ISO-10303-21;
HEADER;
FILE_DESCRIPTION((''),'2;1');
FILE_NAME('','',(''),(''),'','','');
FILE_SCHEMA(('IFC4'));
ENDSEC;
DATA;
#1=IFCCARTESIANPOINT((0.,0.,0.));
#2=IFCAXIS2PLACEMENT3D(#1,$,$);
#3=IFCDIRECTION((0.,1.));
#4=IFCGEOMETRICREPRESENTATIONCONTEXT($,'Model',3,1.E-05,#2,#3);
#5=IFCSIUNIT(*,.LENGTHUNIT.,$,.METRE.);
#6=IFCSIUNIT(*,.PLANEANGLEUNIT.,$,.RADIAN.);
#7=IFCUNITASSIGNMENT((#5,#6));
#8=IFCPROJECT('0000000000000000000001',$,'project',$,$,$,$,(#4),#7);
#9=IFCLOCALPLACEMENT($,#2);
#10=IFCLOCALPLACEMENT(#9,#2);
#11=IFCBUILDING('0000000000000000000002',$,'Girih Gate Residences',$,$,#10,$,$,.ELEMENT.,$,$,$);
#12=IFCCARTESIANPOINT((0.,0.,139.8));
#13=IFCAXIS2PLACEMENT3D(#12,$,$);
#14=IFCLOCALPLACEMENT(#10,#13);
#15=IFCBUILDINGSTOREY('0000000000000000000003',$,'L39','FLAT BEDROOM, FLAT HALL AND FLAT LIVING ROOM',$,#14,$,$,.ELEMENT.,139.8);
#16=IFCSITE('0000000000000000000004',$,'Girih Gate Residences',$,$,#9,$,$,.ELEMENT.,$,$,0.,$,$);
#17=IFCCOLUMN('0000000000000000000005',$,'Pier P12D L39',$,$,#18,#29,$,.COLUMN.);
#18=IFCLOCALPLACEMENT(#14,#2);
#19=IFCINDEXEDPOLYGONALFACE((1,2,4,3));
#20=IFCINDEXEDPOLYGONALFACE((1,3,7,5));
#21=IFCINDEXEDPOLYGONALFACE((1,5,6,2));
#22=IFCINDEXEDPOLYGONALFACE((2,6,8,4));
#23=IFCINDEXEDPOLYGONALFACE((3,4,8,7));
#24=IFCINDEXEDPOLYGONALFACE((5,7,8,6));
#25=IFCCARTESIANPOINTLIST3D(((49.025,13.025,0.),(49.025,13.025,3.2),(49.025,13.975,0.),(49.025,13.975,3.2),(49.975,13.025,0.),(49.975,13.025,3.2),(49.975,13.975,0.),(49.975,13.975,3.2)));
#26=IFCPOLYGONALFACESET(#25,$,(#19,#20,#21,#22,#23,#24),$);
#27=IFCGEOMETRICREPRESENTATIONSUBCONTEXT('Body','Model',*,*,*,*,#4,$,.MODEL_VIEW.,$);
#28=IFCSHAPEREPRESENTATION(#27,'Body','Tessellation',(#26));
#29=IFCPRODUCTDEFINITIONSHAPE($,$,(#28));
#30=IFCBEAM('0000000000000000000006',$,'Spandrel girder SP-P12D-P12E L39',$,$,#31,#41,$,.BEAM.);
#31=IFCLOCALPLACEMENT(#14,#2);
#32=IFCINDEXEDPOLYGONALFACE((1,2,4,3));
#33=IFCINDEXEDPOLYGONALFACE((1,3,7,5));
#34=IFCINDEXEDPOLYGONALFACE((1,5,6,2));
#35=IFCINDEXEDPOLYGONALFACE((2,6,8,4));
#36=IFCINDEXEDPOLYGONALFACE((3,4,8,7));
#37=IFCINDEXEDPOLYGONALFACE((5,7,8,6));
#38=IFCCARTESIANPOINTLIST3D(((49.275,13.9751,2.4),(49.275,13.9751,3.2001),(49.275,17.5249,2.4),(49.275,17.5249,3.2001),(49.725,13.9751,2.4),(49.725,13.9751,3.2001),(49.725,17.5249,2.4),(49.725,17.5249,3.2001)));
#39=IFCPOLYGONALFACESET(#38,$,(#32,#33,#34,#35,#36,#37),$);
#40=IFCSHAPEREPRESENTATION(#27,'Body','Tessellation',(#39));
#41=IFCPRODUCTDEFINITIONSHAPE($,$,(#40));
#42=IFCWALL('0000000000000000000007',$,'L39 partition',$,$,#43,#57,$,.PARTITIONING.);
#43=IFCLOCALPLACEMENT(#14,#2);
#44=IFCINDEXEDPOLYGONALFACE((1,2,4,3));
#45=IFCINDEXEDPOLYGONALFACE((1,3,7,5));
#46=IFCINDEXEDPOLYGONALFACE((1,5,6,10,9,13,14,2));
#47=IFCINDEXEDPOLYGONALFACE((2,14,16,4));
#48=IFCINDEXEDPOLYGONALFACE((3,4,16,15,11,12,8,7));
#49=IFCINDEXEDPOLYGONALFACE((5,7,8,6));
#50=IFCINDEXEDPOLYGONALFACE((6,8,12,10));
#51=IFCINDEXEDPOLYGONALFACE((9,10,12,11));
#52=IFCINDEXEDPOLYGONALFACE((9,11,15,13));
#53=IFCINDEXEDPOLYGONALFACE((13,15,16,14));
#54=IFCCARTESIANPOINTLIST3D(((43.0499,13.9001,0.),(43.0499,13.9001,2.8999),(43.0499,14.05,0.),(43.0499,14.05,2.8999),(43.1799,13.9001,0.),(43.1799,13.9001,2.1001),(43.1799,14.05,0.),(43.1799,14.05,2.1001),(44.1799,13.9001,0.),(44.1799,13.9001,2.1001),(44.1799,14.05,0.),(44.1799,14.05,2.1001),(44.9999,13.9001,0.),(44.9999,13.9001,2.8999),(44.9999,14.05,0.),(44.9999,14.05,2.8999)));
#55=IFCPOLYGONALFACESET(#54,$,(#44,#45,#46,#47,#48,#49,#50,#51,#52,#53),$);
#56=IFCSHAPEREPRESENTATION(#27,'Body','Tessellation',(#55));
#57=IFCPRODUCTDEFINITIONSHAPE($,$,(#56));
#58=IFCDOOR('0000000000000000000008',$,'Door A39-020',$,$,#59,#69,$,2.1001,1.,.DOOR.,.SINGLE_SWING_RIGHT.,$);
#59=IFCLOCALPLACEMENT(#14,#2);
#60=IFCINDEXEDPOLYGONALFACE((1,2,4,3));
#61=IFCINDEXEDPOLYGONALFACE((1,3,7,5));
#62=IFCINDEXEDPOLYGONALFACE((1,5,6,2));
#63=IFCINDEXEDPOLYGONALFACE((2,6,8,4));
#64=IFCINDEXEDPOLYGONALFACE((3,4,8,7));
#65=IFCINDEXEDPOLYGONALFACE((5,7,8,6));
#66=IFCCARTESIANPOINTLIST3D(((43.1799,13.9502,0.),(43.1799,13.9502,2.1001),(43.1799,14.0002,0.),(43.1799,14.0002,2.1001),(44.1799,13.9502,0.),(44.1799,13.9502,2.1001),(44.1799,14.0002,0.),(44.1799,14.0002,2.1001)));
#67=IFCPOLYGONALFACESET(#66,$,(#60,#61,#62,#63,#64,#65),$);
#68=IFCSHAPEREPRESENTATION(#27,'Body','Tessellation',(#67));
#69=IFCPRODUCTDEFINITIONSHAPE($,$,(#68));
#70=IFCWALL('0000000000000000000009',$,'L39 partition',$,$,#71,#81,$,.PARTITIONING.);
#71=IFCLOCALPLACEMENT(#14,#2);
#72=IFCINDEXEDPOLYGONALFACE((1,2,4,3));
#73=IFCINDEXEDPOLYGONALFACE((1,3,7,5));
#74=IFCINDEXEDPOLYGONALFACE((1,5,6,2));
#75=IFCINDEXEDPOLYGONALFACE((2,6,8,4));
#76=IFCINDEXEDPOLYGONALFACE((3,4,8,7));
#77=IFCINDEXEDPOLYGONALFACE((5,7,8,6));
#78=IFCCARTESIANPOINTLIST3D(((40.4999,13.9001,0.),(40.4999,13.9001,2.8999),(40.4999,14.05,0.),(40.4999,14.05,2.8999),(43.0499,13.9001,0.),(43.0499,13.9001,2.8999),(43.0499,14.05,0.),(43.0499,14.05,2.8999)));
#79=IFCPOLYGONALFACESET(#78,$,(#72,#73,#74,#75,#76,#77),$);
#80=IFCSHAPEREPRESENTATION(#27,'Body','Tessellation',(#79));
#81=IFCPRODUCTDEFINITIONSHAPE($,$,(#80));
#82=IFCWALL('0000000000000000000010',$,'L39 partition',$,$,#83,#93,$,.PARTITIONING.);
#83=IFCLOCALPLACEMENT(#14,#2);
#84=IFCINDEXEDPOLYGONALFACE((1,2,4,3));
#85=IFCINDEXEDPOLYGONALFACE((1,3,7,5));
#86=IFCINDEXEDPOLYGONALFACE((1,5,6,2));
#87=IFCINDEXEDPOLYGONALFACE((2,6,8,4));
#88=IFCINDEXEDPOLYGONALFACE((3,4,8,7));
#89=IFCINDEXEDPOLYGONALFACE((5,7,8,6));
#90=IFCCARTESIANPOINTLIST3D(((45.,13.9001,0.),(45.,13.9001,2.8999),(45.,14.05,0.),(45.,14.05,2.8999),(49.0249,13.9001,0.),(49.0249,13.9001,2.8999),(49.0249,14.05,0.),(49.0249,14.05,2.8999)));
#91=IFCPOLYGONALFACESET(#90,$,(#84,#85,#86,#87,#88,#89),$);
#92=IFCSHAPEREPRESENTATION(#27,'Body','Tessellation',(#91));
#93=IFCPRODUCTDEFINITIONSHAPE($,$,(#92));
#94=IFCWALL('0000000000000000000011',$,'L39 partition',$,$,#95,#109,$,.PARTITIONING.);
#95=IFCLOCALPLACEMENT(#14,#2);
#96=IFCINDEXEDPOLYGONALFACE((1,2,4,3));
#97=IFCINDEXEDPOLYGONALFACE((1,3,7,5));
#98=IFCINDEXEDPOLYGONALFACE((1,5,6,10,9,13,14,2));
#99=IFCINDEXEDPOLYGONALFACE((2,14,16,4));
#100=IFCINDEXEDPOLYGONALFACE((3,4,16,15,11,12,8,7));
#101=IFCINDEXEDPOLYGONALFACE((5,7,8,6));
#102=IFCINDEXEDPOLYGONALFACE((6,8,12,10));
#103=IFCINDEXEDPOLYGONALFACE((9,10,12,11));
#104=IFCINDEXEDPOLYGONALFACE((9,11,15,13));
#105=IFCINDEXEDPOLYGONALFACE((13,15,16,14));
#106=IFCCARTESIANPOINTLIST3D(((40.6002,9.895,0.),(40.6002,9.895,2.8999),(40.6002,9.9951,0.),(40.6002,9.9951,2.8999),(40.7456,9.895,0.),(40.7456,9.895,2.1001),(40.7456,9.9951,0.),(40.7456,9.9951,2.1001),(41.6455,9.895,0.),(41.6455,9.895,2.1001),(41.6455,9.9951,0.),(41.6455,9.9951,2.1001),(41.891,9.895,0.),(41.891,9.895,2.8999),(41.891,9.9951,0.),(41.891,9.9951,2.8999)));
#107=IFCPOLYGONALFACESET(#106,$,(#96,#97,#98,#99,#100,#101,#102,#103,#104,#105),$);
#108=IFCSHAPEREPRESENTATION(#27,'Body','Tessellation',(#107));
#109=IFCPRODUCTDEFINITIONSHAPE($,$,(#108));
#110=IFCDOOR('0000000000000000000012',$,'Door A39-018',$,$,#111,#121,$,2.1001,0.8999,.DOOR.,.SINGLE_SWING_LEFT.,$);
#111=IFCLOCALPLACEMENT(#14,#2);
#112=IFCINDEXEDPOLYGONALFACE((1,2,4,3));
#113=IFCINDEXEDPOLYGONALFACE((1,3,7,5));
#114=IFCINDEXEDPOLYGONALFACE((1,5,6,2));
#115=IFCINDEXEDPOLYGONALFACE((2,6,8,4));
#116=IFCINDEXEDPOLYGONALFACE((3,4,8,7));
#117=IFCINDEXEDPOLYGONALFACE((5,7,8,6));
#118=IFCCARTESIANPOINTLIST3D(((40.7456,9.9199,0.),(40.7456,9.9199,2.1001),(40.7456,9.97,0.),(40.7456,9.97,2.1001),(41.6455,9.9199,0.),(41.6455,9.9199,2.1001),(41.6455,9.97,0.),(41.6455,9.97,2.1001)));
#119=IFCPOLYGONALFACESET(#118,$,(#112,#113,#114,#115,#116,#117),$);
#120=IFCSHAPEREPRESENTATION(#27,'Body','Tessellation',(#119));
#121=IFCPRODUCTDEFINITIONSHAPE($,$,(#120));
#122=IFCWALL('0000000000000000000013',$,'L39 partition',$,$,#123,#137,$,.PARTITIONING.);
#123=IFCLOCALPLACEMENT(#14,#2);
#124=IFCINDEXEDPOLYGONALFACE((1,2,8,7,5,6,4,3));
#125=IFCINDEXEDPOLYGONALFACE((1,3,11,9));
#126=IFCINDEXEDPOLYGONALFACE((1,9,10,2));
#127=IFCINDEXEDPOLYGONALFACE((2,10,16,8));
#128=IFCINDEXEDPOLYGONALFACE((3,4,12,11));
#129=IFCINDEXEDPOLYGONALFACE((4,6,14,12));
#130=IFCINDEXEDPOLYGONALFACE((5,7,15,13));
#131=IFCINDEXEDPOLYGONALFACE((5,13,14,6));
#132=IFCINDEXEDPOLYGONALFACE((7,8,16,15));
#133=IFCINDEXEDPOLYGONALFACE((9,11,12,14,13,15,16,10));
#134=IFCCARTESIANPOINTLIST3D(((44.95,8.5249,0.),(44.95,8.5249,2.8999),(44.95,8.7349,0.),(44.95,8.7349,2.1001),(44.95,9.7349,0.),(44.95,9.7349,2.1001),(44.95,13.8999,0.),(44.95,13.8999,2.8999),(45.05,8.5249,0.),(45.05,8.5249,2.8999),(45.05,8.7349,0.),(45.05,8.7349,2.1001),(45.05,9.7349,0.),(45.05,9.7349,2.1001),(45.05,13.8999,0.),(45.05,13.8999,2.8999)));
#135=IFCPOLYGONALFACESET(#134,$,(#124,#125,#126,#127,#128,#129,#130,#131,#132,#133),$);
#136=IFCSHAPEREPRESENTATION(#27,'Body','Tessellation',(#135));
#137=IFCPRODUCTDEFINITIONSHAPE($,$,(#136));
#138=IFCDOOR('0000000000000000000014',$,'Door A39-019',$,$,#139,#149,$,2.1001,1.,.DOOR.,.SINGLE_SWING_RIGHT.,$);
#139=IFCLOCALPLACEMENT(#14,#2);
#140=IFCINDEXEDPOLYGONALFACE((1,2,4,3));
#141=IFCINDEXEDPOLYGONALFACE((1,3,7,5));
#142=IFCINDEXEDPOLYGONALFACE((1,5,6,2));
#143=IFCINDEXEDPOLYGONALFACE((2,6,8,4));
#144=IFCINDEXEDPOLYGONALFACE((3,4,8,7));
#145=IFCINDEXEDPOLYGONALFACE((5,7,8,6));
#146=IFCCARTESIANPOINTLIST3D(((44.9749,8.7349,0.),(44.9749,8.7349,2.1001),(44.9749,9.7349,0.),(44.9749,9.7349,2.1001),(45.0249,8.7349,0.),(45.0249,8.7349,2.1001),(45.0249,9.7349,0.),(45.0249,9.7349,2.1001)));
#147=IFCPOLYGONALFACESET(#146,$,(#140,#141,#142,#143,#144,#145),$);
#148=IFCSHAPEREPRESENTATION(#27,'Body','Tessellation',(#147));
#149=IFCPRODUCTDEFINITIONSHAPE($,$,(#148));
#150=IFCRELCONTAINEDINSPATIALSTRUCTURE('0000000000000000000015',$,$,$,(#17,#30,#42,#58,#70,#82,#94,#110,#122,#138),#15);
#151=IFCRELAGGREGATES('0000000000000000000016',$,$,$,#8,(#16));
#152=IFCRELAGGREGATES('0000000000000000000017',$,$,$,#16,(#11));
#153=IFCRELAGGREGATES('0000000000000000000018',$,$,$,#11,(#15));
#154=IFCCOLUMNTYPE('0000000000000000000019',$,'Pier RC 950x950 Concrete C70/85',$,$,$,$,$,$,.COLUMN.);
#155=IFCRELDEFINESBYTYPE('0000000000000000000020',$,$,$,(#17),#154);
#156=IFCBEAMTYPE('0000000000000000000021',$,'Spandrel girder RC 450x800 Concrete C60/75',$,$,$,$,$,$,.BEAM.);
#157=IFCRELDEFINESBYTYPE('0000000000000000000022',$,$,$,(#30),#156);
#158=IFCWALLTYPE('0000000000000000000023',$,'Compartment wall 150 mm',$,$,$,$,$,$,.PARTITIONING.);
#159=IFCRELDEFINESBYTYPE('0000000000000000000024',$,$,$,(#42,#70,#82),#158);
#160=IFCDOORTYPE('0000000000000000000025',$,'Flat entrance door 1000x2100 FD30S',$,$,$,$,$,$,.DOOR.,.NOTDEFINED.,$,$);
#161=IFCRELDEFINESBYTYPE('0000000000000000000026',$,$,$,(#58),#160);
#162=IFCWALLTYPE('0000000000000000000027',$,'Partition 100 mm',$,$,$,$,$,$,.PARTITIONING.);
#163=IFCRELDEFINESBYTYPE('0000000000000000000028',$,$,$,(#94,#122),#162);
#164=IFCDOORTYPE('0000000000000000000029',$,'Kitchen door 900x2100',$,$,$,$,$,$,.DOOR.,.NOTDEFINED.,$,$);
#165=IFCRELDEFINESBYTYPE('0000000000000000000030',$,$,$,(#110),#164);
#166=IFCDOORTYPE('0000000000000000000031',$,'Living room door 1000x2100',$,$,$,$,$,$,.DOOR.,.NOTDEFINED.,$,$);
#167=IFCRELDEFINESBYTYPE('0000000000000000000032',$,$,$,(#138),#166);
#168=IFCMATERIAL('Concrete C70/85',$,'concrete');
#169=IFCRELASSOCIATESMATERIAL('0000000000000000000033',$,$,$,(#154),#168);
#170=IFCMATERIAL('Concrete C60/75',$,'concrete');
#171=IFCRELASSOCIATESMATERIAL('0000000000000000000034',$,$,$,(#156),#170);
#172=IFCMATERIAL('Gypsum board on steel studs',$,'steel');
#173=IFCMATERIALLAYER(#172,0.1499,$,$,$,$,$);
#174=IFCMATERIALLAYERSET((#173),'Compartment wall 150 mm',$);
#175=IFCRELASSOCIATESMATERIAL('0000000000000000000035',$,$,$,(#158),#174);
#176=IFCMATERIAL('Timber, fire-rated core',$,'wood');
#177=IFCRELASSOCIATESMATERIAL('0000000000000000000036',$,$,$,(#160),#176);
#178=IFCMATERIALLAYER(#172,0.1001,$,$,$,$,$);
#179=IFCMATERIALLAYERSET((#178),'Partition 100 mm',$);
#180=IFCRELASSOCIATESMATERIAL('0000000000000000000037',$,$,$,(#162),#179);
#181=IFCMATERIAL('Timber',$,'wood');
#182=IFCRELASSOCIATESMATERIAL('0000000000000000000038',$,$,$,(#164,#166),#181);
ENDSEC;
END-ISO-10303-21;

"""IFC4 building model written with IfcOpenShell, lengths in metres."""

from ifc_helpers import new_model, si_unit, direction, frame, frame_2d, origin, origin_2d, place, context, subcontext, project, spatial, rectangle, extrude, material, layer, layer_set, material_profile, profile_set, type_object, element, fill, save


model = new_model("IFC4")

# Units and contexts
model_context = context("Model", 3, precision=1e-05, world=origin(), true_north=direction((0.0, 1.0)))
body_context = subcontext(model_context, "Body", "Model", "MODEL_VIEW")
ifc_project = project(units=[si_unit("LENGTHUNIT", "METRE"), si_unit("PLANEANGLEUNIT", "RADIAN")], contexts=[model_context])

# Site, building, storey
site_placement = place(None, origin())
site = spatial("IfcSite", under=ifc_project, at=site_placement, Name="Girih Gate Residences", CompositionType="ELEMENT", RefElevation=0.0)
building_placement = place(site_placement, origin())
building = spatial("IfcBuilding", under=site, at=building_placement, Name="Girih Gate Residences", CompositionType="ELEMENT")
storey_placement = place(building_placement, frame((0.0, 0.0, 139.8)))
storey = spatial("IfcBuildingStorey", under=building, at=storey_placement, Name="L39", Description="FLAT BEDROOM, FLAT HALL AND FLAT LIVING ROOM", CompositionType="ELEMENT", Elevation=139.8)

# Column
ifc_material_1 = material(Name="Concrete C70/85", Category="concrete")
ifc_material_profile_1 = material_profile(ifc_material_1, rectangle(XDim=0.95, YDim=0.95, at=origin_2d()))
ifc_profile_set_1 = profile_set([ifc_material_profile_1], Name="Concrete C70/85")
column_type = type_object("IfcColumnType", Name="Pier RC 950x950 Concrete C70/85", PredefinedType="COLUMN", material=ifc_profile_set_1)
column_placement = place(storey_placement, frame((49.5, 13.5, 0.0), z_axis=(0.0, 0.0, 1.0), x_axis=(1.0, 0.0, 0.0)))
element("IfcColumn", 1, at=column_placement, inside=storey, type_object=column_type, Name="Pier P12D L39", PredefinedType="COLUMN", context=body_context, shape_type="SweptSolid", body=[
    extrude(rectangle(XDim=0.95, YDim=0.95, at=origin_2d()), origin(), (0.0, 0.0, 1.0), 3.2),
])

# Beam
ifc_material_2 = material(Name="Concrete C60/75", Category="concrete")
ifc_material_profile_2 = material_profile(ifc_material_2, rectangle(XDim=0.45, YDim=0.8, at=origin_2d()))
ifc_profile_set_2 = profile_set([ifc_material_profile_2], Name="Concrete C60/75")
beam_type = type_object("IfcBeamType", Name="Spandrel girder RC 450x800 Concrete C60/75", PredefinedType="BEAM", material=ifc_profile_set_2)
beam_placement = place(storey_placement, frame((49.5, 13.9751, 2.8), z_axis=(0.0, 1.0, 0.0), x_axis=(-1.0, 0.0, 0.0)))
element("IfcBeam", 2, at=beam_placement, inside=storey, type_object=beam_type, Name="Spandrel girder SP-P12D-P12E L39", PredefinedType="BEAM", context=body_context, shape_type="SweptSolid", body=[
    extrude(rectangle(XDim=0.45, YDim=0.8, at=origin_2d()), origin(), (0.0, 0.0, 1.0), 3.5498),
])

# Wall, opening, door
ifc_material_3 = material(Name="Gypsum board on steel studs", Category="steel")
ifc_layer_1 = layer(ifc_material_3, 0.1499)
ifc_layer_set_1 = layer_set([ifc_layer_1], Name="Compartment wall 150 mm")
wall_type_1 = type_object("IfcWallType", Name="Compartment wall 150 mm", PredefinedType="PARTITIONING", material=ifc_layer_set_1)
wall_1_placement = place(storey_placement, frame((45.0, 13.9751, 0.0), z_axis=(0.0, 0.0, 1.0), x_axis=(-1.0, 0.0, 0.0)))
wall_1 = element("IfcWall", 3, at=wall_1_placement, inside=storey, type_object=wall_type_1, Name="L39 partition", PredefinedType="PARTITIONING", context=body_context, shape_type="SweptSolid", body=[
    extrude(rectangle(XDim=1.95, YDim=0.1499, at=frame_2d((0.9751, 0.0))), origin(), (0.0, 0.0, 1.0), 2.8999),
])
opening_1_placement = place(wall_1_placement, frame((0.8201, 0.0, 0.0)))
opening_1 = element("IfcOpeningElement", 4, at=opening_1_placement, cuts=wall_1, PredefinedType="OPENING", context=body_context, shape_type="SweptSolid", body=[
    extrude(rectangle(XDim=1.0, YDim=2.1001, at=frame_2d((0.5, 1.05))), frame((0.0, 0.085, 0.0), z_axis=(0.0, -1.0, 0.0), x_axis=(1.0, 0.0, 0.0)), (0.0, 0.0, 1.0), 0.1699),
])
ifc_material_4 = material(Name="Timber, fire-rated core", Category="wood")
door_type_1 = type_object("IfcDoorType", Name="Flat entrance door 1000x2100 FD30S", OperationType="NOTDEFINED", PredefinedType="DOOR", material=ifc_material_4)
door_1_placement = place(opening_1_placement, origin())
door_1 = element("IfcDoor", 5, at=door_1_placement, inside=storey, type_object=door_type_1, Name="Door A39-020", OperationType="SINGLE_SWING_RIGHT", OverallHeight=2.1001, OverallWidth=1.0, PredefinedType="DOOR", context=body_context, shape_type="SweptSolid", body=[
    extrude(rectangle(XDim=1.0, YDim=2.1001, at=frame_2d((0.5, 1.05))), frame((0.0, 0.0249, 0.0), z_axis=(0.0, -1.0, 0.0), x_axis=(1.0, 0.0, 0.0)), (0.0, 0.0, 1.0), 0.05),
])
fill(opening_1, door_1)

# Walls
wall_2_placement = place(storey_placement, frame((40.5, 13.9751, 0.0), z_axis=(0.0, 0.0, 1.0), x_axis=(1.0, 0.0, 0.0)))
element("IfcWall", 6, at=wall_2_placement, inside=storey, type_object=wall_type_1, Name="L39 partition", PredefinedType="PARTITIONING", context=body_context, shape_type="SweptSolid", body=[
    extrude(rectangle(XDim=2.55, YDim=0.1499, at=frame_2d((1.2749, 0.0))), origin(), (0.0, 0.0, 1.0), 2.8999),
])
wall_3_placement = place(storey_placement, frame((45.0, 13.9751, 0.0), z_axis=(0.0, 0.0, 1.0), x_axis=(1.0, 0.0, 0.0)))
element("IfcWall", 7, at=wall_3_placement, inside=storey, type_object=wall_type_1, Name="L39 partition", PredefinedType="PARTITIONING", context=body_context, shape_type="SweptSolid", body=[
    extrude(rectangle(XDim=4.0249, YDim=0.1499, at=frame_2d((2.0125, 0.0))), origin(), (0.0, 0.0, 1.0), 2.8999),
])

# Walls, openings, doors
ifc_layer_2 = layer(ifc_material_3, 0.1001)
ifc_layer_set_2 = layer_set([ifc_layer_2], Name="Partition 100 mm")
wall_type_2 = type_object("IfcWallType", Name="Partition 100 mm", PredefinedType="PARTITIONING", material=ifc_layer_set_2)
wall_4_placement = place(storey_placement, frame((40.6001, 9.9451, 0.0), z_axis=(0.0, 0.0, 1.0), x_axis=(1.0, 0.0, 0.0)))
wall_4 = element("IfcWall", 8, at=wall_4_placement, inside=storey, type_object=wall_type_2, Name="L39 partition", PredefinedType="PARTITIONING", context=body_context, shape_type="SweptSolid", body=[
    extrude(rectangle(XDim=1.2908, YDim=0.1001, at=frame_2d((0.6455, 0.0))), origin(), (0.0, 0.0, 1.0), 2.8999),
])
opening_2_placement = place(wall_4_placement, frame((0.1455, 0.0, 0.0)))
opening_2 = element("IfcOpeningElement", 9, at=opening_2_placement, cuts=wall_4, PredefinedType="OPENING", context=body_context, shape_type="SweptSolid", body=[
    extrude(rectangle(XDim=0.8999, YDim=2.1001, at=frame_2d((0.45, 1.05))), frame((0.0, 0.0601, 0.0), z_axis=(0.0, -1.0, 0.0), x_axis=(1.0, 0.0, 0.0)), (0.0, 0.0, 1.0), 0.1201),
])
ifc_material_5 = material(Name="Timber", Category="wood")
door_type_2 = type_object("IfcDoorType", Name="Kitchen door 900x2100", OperationType="NOTDEFINED", PredefinedType="DOOR", material=ifc_material_5)
door_2_placement = place(opening_2_placement, origin())
door_2 = element("IfcDoor", 10, at=door_2_placement, inside=storey, type_object=door_type_2, Name="Door A39-018", OperationType="SINGLE_SWING_LEFT", OverallHeight=2.1001, OverallWidth=0.8999, PredefinedType="DOOR", context=body_context, shape_type="SweptSolid", body=[
    extrude(rectangle(XDim=0.8999, YDim=2.1001, at=frame_2d((0.45, 1.05))), frame((0.0, 0.0249, 0.0), z_axis=(0.0, -1.0, 0.0), x_axis=(1.0, 0.0, 0.0)), (0.0, 0.0, 1.0), 0.05),
])
fill(opening_2, door_2)
wall_5_placement = place(storey_placement, frame((45.0, 13.8999, 0.0), z_axis=(0.0, 0.0, 1.0), x_axis=(0.0, -1.0, 0.0)))
wall_5 = element("IfcWall", 11, at=wall_5_placement, inside=storey, type_object=wall_type_2, Name="L39 partition", PredefinedType="PARTITIONING", context=body_context, shape_type="SweptSolid", body=[
    extrude(rectangle(XDim=5.375, YDim=0.1001, at=frame_2d((2.6875, 0.0))), origin(), (0.0, 0.0, 1.0), 2.8999),
])
opening_3_placement = place(wall_5_placement, frame((4.165, 0.0, 0.0)))
opening_3 = element("IfcOpeningElement", 12, at=opening_3_placement, cuts=wall_5, PredefinedType="OPENING", context=body_context, shape_type="SweptSolid", body=[
    extrude(rectangle(XDim=1.0, YDim=2.1001, at=frame_2d((0.5, 1.05))), frame((0.0, 0.0601, 0.0), z_axis=(0.0, -1.0, 0.0), x_axis=(1.0, 0.0, 0.0)), (0.0, 0.0, 1.0), 0.1201),
])
door_type_3 = type_object("IfcDoorType", Name="Living room door 1000x2100", OperationType="NOTDEFINED", PredefinedType="DOOR", material=ifc_material_5)
door_3_placement = place(opening_3_placement, origin())
door_3 = element("IfcDoor", 13, at=door_3_placement, inside=storey, type_object=door_type_3, Name="Door A39-019", OperationType="SINGLE_SWING_RIGHT", OverallHeight=2.1001, OverallWidth=1.0, PredefinedType="DOOR", context=body_context, shape_type="SweptSolid", body=[
    extrude(rectangle(XDim=1.0, YDim=2.1001, at=frame_2d((0.5, 1.05))), frame((0.0, 0.0249, 0.0), z_axis=(0.0, -1.0, 0.0), x_axis=(1.0, 0.0, 0.0)), (0.0, 0.0, 1.0), 0.05),
])
fill(opening_3, door_3)

save(model, "model.ifc")
